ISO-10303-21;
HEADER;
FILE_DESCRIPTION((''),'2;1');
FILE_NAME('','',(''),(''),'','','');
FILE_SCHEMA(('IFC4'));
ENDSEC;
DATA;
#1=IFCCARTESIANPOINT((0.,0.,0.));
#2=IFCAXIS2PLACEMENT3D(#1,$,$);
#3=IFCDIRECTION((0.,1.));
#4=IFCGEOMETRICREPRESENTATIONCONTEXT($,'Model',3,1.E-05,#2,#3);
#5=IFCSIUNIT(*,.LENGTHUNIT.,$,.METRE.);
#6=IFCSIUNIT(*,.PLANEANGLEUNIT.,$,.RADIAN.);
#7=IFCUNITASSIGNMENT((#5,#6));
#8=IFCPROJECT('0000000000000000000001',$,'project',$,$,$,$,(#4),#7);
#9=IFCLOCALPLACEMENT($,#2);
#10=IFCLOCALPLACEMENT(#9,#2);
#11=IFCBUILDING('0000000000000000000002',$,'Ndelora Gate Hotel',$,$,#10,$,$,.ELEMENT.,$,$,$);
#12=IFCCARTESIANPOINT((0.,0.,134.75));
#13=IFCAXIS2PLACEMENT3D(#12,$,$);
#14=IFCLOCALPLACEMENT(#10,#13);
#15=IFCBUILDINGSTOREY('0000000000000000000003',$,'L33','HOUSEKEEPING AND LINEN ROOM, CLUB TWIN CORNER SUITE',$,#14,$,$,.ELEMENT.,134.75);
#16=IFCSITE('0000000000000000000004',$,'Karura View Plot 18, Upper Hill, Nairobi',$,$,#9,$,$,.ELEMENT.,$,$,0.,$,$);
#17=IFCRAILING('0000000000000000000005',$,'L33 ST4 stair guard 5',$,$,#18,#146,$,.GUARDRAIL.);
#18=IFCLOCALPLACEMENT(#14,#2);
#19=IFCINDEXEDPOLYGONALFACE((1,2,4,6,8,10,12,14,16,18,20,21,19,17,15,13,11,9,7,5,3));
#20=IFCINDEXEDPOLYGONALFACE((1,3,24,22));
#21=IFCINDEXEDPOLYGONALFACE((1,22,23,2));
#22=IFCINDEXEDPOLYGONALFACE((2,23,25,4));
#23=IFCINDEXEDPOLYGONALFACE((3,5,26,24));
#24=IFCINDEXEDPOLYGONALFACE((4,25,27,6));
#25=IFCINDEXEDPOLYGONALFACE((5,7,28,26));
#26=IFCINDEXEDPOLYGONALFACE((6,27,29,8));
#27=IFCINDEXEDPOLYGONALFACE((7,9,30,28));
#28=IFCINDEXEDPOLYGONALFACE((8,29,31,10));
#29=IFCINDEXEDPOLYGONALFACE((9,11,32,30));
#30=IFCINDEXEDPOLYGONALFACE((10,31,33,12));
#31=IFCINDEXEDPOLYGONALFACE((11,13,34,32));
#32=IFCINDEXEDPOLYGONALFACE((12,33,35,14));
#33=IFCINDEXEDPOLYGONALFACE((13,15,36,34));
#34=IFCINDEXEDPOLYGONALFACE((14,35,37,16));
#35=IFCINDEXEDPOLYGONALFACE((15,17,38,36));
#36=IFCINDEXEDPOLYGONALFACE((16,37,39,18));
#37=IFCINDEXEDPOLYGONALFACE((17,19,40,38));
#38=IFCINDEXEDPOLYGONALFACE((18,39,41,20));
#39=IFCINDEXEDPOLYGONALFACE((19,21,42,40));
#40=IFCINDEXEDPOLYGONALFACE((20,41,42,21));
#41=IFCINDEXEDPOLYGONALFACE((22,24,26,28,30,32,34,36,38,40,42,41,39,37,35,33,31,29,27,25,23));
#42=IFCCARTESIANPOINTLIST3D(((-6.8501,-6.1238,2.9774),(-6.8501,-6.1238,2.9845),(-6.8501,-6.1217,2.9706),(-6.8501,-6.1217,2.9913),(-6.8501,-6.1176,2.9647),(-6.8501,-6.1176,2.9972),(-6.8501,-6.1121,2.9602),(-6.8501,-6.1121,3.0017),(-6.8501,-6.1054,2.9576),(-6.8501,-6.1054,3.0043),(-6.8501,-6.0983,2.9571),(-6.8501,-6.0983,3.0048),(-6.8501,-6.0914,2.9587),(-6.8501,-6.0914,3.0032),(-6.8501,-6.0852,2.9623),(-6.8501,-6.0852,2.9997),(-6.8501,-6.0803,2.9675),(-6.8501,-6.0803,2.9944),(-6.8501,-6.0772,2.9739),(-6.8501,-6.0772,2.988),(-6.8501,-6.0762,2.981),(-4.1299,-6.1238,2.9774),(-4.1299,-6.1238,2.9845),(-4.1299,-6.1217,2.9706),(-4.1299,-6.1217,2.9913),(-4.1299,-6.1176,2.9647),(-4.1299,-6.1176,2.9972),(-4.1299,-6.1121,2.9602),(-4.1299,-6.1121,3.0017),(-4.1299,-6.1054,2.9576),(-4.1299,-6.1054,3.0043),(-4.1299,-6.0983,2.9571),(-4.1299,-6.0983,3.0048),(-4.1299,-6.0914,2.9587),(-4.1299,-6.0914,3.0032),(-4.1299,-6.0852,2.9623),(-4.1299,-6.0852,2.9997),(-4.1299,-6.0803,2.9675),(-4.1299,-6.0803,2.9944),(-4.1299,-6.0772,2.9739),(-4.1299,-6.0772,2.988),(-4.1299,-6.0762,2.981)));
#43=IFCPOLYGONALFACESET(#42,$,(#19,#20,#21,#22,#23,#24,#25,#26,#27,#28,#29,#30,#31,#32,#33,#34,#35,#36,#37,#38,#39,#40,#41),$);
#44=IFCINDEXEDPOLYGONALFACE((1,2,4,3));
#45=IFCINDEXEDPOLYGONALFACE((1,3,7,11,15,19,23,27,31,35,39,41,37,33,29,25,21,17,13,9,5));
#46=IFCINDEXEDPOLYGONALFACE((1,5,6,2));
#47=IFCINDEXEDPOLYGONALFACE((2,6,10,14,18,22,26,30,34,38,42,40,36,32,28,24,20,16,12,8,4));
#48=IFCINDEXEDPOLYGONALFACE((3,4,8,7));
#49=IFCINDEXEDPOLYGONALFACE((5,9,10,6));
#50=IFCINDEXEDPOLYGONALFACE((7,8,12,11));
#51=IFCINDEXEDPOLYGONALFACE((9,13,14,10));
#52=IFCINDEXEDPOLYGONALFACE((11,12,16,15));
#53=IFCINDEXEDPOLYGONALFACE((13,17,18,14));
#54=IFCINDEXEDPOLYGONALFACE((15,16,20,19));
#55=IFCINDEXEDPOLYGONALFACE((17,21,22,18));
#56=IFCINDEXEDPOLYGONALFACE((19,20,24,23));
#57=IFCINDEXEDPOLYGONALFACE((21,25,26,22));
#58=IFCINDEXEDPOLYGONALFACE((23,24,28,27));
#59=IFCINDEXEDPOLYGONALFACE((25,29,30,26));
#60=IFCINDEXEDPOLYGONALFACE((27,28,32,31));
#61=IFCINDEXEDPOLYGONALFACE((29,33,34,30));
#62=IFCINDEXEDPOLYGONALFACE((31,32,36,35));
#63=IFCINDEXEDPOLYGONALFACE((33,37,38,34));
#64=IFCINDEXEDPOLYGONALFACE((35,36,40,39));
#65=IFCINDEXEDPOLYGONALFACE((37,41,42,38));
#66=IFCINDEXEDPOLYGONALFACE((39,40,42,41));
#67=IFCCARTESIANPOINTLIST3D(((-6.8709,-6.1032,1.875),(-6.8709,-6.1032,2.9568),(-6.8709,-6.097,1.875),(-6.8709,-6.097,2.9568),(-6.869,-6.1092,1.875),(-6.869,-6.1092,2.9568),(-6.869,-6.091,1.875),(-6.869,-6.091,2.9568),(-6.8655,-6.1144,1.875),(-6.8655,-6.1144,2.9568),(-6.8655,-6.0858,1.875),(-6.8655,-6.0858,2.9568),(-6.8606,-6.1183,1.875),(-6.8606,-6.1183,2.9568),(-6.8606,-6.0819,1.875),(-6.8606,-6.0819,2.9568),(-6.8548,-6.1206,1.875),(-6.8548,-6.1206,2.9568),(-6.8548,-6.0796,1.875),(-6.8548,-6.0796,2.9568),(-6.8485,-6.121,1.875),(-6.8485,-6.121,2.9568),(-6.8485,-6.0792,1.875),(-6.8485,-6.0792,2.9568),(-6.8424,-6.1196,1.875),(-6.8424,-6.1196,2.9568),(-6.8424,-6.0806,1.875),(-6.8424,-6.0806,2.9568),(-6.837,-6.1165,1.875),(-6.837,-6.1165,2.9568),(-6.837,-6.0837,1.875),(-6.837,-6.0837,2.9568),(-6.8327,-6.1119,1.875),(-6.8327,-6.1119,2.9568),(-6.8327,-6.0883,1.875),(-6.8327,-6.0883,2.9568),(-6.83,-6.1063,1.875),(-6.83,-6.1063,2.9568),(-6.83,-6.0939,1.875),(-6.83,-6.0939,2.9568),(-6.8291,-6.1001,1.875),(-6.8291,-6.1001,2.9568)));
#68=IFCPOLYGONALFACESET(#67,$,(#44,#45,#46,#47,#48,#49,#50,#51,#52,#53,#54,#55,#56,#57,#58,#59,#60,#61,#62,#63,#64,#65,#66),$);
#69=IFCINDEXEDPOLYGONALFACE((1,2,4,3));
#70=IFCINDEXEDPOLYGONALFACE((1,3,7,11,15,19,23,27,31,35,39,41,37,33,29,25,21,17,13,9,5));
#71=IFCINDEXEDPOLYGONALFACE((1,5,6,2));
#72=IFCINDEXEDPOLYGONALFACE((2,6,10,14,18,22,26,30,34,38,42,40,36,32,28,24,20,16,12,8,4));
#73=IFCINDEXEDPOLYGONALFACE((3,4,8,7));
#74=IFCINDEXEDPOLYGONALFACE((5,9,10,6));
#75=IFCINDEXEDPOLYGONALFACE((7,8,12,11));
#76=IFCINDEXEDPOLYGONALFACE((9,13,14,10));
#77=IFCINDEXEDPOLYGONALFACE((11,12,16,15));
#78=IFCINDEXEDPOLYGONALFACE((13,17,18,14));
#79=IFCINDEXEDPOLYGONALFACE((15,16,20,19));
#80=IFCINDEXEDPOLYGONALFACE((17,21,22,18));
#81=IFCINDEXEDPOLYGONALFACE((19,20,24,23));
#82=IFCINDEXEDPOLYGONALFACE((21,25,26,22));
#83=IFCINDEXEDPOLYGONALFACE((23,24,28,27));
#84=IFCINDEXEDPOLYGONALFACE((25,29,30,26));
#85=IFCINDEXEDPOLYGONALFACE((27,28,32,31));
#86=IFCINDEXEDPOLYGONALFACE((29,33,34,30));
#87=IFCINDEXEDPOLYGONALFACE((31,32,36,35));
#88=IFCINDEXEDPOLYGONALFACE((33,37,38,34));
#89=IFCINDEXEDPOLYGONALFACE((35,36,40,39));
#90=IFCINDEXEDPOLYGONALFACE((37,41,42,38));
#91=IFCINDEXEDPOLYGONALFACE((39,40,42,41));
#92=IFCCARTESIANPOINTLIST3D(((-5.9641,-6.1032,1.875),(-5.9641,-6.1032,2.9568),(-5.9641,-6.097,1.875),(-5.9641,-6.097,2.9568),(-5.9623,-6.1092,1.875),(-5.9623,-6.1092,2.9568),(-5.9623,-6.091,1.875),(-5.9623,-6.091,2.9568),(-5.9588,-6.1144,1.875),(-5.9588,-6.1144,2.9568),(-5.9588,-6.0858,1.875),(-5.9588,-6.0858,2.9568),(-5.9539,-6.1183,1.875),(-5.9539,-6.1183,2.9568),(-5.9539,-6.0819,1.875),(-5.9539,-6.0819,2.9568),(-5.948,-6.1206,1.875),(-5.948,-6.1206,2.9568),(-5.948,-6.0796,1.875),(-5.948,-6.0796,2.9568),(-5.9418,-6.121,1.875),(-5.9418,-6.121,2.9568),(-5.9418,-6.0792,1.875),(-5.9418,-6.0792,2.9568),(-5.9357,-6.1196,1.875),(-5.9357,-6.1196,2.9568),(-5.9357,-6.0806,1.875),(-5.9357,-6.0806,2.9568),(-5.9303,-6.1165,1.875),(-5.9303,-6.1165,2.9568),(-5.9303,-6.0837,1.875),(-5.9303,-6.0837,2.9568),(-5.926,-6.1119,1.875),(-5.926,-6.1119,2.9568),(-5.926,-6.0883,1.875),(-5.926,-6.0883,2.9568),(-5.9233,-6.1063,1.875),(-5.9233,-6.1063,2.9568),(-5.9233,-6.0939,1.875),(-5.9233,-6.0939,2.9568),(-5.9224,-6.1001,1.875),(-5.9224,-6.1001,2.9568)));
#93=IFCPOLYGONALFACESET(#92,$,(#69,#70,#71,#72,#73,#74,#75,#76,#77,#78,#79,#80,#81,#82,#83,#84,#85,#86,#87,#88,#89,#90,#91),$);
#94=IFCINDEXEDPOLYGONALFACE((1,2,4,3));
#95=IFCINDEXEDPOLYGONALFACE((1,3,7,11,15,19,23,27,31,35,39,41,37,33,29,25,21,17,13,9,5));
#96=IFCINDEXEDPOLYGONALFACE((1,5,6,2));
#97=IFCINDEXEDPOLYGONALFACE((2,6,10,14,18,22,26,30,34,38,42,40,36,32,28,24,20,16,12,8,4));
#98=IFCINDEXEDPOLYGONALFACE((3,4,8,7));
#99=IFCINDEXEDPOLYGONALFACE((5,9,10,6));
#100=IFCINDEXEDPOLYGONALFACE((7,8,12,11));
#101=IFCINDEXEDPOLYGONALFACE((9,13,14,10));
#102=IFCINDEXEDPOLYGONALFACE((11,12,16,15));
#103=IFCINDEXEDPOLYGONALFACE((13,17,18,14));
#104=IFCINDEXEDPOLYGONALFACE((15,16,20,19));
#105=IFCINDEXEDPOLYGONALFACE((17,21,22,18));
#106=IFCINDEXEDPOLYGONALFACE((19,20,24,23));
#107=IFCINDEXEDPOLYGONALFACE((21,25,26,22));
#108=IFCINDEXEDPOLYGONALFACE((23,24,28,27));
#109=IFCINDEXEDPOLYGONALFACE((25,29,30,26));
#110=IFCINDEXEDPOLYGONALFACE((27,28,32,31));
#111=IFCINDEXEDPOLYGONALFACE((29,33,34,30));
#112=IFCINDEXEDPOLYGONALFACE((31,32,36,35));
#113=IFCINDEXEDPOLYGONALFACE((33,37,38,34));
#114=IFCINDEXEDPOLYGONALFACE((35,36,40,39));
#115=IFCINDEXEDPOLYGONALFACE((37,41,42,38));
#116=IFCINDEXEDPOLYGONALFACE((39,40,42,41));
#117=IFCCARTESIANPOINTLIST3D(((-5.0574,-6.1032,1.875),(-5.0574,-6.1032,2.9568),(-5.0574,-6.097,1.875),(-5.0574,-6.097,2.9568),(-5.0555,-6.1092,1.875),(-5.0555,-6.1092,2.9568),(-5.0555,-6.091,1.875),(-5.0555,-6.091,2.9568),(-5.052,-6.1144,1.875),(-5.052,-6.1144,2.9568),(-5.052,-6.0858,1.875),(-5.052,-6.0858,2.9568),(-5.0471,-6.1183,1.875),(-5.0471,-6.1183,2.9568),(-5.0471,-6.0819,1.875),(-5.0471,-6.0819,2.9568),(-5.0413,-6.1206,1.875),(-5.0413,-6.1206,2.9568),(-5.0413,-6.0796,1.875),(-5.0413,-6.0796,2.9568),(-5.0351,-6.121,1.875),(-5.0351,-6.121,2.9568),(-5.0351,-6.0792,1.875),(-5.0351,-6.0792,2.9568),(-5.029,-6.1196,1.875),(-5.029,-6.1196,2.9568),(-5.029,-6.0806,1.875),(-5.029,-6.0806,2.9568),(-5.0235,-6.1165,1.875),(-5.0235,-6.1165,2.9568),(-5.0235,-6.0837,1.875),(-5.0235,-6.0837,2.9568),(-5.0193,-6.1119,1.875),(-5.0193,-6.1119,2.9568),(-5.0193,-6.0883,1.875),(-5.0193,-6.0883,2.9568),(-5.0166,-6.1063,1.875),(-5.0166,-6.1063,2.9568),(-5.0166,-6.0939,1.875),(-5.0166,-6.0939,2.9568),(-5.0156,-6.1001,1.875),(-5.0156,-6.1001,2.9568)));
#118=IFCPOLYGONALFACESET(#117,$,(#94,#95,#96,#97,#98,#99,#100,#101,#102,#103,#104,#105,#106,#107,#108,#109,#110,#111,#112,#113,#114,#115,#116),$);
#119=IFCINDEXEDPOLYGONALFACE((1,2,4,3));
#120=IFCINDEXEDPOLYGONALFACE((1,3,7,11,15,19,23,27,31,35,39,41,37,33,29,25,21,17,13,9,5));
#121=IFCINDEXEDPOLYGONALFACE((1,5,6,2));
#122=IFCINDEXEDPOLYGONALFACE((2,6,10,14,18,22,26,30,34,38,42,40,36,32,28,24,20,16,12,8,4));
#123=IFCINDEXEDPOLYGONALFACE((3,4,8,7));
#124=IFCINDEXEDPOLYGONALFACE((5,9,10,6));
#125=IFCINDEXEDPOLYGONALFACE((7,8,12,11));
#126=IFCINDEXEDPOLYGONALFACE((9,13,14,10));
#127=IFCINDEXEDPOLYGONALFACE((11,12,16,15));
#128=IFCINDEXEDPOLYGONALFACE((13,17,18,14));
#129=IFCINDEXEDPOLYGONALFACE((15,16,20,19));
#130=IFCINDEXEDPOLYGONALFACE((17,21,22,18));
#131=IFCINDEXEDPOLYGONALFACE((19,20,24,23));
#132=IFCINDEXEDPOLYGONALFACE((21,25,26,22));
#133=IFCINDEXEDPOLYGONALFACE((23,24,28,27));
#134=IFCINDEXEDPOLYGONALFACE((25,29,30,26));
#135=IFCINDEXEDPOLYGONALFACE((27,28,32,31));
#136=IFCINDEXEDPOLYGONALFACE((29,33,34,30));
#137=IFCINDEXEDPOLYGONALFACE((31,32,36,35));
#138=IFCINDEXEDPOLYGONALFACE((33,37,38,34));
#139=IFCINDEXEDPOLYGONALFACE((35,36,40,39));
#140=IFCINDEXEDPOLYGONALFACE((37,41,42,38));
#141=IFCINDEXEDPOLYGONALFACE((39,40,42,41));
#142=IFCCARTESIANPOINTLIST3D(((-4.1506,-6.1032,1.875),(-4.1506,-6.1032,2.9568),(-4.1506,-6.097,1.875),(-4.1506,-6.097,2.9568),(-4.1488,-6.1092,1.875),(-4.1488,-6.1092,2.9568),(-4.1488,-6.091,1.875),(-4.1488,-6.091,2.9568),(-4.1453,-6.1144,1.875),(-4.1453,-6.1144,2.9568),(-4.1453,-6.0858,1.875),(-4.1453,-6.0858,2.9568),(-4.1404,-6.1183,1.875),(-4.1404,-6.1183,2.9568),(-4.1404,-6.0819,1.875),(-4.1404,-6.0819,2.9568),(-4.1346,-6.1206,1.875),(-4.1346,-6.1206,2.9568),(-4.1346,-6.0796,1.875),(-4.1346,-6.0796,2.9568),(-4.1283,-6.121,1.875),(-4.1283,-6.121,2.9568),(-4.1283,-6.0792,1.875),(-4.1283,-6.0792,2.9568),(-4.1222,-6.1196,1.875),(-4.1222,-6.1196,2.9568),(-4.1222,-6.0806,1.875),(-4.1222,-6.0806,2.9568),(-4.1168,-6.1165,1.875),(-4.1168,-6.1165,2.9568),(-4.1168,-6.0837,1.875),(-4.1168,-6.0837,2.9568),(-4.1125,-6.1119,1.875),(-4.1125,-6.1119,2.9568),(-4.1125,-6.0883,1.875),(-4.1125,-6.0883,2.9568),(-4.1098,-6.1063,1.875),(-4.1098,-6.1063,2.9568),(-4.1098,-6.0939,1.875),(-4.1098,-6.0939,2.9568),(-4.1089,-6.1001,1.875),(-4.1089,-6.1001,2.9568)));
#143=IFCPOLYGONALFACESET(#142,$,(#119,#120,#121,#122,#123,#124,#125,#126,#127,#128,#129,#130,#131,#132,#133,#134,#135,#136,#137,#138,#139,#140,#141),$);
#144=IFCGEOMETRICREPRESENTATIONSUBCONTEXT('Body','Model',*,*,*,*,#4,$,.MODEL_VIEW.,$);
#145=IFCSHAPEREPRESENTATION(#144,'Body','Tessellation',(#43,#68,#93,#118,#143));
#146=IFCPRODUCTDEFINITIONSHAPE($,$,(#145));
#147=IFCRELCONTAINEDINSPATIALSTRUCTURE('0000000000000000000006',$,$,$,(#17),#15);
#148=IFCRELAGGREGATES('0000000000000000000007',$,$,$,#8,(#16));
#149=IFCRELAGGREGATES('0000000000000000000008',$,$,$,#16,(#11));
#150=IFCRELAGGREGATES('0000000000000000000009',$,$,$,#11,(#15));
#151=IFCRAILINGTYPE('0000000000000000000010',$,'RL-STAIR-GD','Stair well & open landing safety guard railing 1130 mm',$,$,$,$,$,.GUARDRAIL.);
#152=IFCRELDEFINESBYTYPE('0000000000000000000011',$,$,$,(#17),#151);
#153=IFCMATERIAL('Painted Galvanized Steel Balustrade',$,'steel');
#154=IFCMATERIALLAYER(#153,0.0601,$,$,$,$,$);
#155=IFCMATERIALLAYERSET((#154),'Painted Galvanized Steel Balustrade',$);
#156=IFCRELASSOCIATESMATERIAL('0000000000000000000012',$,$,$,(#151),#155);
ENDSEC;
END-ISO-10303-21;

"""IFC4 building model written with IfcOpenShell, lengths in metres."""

from ifc_helpers import new_model, si_unit, direction, frame, origin, origin_2d, place, context, subcontext, project, spatial, circle, extrude, material, layer, layer_set, type_object, element, save


model = new_model("IFC4")

# Units and contexts
model_context = context("Model", 3, precision=1e-05, world=origin(), true_north=direction((0.0, 1.0)))
body_context = subcontext(model_context, "Body", "Model", "MODEL_VIEW")
ifc_project = project(units=[si_unit("LENGTHUNIT", "METRE"), si_unit("PLANEANGLEUNIT", "RADIAN")], contexts=[model_context])

# Site, building, storey
site_placement = place(None, origin())
site = spatial("IfcSite", under=ifc_project, at=site_placement, Name="Karura View Plot 18, Upper Hill, Nairobi", CompositionType="ELEMENT", RefElevation=0.0)
building_placement = place(site_placement, origin())
building = spatial("IfcBuilding", under=site, at=building_placement, Name="Ndelora Gate Hotel", CompositionType="ELEMENT")
storey_placement = place(building_placement, frame((0.0, 0.0, 134.75)))
storey = spatial("IfcBuildingStorey", under=building, at=storey_placement, Name="L33", Description="HOUSEKEEPING AND LINEN ROOM, CLUB TWIN CORNER SUITE", CompositionType="ELEMENT", Elevation=134.75)

# Railing
ifc_material_1 = material(Name="Painted Galvanized Steel Balustrade", Category="steel")
ifc_layer_1 = layer(ifc_material_1, 0.0601)
ifc_layer_set_1 = layer_set([ifc_layer_1], Name="Painted Galvanized Steel Balustrade")
railing_type = type_object("IfcRailingType", Name="RL-STAIR-GD", Description="Stair well & open landing safety guard railing 1130 mm", PredefinedType="GUARDRAIL", material=ifc_layer_set_1)
railing_1_placement = place(storey_placement, frame((-6.8501, -6.1001, 1.875)))
element("IfcRailing", 1, at=railing_1_placement, inside=storey, type_object=railing_type, Name="L33 ST4 stair guard 5", PredefinedType="GUARDRAIL", context=body_context, shape_type="SweptSolid", body=[
    extrude(circle(Radius=0.0239, at=origin_2d()), frame((0.0, 0.0, 1.106), z_axis=(1.0, 0.0, 0.0), x_axis=(0.0, 1.0, 0.0)), (0.0, 0.0, 1.0), 2.7202),
    extrude(circle(Radius=0.021, at=origin_2d()), origin(), (0.0, 0.0, 1.0), 1.0818),
    extrude(circle(Radius=0.021, at=origin_2d()), frame((0.9067, 0.0, 0.0)), (0.0, 0.0, 1.0), 1.0818),
    extrude(circle(Radius=0.021, at=origin_2d()), frame((1.8135, 0.0, 0.0)), (0.0, 0.0, 1.0), 1.0818),
    extrude(circle(Radius=0.021, at=origin_2d()), frame((2.7202, 0.0, 0.0)), (0.0, 0.0, 1.0), 1.0818),
])

save(model, "model.ifc")
